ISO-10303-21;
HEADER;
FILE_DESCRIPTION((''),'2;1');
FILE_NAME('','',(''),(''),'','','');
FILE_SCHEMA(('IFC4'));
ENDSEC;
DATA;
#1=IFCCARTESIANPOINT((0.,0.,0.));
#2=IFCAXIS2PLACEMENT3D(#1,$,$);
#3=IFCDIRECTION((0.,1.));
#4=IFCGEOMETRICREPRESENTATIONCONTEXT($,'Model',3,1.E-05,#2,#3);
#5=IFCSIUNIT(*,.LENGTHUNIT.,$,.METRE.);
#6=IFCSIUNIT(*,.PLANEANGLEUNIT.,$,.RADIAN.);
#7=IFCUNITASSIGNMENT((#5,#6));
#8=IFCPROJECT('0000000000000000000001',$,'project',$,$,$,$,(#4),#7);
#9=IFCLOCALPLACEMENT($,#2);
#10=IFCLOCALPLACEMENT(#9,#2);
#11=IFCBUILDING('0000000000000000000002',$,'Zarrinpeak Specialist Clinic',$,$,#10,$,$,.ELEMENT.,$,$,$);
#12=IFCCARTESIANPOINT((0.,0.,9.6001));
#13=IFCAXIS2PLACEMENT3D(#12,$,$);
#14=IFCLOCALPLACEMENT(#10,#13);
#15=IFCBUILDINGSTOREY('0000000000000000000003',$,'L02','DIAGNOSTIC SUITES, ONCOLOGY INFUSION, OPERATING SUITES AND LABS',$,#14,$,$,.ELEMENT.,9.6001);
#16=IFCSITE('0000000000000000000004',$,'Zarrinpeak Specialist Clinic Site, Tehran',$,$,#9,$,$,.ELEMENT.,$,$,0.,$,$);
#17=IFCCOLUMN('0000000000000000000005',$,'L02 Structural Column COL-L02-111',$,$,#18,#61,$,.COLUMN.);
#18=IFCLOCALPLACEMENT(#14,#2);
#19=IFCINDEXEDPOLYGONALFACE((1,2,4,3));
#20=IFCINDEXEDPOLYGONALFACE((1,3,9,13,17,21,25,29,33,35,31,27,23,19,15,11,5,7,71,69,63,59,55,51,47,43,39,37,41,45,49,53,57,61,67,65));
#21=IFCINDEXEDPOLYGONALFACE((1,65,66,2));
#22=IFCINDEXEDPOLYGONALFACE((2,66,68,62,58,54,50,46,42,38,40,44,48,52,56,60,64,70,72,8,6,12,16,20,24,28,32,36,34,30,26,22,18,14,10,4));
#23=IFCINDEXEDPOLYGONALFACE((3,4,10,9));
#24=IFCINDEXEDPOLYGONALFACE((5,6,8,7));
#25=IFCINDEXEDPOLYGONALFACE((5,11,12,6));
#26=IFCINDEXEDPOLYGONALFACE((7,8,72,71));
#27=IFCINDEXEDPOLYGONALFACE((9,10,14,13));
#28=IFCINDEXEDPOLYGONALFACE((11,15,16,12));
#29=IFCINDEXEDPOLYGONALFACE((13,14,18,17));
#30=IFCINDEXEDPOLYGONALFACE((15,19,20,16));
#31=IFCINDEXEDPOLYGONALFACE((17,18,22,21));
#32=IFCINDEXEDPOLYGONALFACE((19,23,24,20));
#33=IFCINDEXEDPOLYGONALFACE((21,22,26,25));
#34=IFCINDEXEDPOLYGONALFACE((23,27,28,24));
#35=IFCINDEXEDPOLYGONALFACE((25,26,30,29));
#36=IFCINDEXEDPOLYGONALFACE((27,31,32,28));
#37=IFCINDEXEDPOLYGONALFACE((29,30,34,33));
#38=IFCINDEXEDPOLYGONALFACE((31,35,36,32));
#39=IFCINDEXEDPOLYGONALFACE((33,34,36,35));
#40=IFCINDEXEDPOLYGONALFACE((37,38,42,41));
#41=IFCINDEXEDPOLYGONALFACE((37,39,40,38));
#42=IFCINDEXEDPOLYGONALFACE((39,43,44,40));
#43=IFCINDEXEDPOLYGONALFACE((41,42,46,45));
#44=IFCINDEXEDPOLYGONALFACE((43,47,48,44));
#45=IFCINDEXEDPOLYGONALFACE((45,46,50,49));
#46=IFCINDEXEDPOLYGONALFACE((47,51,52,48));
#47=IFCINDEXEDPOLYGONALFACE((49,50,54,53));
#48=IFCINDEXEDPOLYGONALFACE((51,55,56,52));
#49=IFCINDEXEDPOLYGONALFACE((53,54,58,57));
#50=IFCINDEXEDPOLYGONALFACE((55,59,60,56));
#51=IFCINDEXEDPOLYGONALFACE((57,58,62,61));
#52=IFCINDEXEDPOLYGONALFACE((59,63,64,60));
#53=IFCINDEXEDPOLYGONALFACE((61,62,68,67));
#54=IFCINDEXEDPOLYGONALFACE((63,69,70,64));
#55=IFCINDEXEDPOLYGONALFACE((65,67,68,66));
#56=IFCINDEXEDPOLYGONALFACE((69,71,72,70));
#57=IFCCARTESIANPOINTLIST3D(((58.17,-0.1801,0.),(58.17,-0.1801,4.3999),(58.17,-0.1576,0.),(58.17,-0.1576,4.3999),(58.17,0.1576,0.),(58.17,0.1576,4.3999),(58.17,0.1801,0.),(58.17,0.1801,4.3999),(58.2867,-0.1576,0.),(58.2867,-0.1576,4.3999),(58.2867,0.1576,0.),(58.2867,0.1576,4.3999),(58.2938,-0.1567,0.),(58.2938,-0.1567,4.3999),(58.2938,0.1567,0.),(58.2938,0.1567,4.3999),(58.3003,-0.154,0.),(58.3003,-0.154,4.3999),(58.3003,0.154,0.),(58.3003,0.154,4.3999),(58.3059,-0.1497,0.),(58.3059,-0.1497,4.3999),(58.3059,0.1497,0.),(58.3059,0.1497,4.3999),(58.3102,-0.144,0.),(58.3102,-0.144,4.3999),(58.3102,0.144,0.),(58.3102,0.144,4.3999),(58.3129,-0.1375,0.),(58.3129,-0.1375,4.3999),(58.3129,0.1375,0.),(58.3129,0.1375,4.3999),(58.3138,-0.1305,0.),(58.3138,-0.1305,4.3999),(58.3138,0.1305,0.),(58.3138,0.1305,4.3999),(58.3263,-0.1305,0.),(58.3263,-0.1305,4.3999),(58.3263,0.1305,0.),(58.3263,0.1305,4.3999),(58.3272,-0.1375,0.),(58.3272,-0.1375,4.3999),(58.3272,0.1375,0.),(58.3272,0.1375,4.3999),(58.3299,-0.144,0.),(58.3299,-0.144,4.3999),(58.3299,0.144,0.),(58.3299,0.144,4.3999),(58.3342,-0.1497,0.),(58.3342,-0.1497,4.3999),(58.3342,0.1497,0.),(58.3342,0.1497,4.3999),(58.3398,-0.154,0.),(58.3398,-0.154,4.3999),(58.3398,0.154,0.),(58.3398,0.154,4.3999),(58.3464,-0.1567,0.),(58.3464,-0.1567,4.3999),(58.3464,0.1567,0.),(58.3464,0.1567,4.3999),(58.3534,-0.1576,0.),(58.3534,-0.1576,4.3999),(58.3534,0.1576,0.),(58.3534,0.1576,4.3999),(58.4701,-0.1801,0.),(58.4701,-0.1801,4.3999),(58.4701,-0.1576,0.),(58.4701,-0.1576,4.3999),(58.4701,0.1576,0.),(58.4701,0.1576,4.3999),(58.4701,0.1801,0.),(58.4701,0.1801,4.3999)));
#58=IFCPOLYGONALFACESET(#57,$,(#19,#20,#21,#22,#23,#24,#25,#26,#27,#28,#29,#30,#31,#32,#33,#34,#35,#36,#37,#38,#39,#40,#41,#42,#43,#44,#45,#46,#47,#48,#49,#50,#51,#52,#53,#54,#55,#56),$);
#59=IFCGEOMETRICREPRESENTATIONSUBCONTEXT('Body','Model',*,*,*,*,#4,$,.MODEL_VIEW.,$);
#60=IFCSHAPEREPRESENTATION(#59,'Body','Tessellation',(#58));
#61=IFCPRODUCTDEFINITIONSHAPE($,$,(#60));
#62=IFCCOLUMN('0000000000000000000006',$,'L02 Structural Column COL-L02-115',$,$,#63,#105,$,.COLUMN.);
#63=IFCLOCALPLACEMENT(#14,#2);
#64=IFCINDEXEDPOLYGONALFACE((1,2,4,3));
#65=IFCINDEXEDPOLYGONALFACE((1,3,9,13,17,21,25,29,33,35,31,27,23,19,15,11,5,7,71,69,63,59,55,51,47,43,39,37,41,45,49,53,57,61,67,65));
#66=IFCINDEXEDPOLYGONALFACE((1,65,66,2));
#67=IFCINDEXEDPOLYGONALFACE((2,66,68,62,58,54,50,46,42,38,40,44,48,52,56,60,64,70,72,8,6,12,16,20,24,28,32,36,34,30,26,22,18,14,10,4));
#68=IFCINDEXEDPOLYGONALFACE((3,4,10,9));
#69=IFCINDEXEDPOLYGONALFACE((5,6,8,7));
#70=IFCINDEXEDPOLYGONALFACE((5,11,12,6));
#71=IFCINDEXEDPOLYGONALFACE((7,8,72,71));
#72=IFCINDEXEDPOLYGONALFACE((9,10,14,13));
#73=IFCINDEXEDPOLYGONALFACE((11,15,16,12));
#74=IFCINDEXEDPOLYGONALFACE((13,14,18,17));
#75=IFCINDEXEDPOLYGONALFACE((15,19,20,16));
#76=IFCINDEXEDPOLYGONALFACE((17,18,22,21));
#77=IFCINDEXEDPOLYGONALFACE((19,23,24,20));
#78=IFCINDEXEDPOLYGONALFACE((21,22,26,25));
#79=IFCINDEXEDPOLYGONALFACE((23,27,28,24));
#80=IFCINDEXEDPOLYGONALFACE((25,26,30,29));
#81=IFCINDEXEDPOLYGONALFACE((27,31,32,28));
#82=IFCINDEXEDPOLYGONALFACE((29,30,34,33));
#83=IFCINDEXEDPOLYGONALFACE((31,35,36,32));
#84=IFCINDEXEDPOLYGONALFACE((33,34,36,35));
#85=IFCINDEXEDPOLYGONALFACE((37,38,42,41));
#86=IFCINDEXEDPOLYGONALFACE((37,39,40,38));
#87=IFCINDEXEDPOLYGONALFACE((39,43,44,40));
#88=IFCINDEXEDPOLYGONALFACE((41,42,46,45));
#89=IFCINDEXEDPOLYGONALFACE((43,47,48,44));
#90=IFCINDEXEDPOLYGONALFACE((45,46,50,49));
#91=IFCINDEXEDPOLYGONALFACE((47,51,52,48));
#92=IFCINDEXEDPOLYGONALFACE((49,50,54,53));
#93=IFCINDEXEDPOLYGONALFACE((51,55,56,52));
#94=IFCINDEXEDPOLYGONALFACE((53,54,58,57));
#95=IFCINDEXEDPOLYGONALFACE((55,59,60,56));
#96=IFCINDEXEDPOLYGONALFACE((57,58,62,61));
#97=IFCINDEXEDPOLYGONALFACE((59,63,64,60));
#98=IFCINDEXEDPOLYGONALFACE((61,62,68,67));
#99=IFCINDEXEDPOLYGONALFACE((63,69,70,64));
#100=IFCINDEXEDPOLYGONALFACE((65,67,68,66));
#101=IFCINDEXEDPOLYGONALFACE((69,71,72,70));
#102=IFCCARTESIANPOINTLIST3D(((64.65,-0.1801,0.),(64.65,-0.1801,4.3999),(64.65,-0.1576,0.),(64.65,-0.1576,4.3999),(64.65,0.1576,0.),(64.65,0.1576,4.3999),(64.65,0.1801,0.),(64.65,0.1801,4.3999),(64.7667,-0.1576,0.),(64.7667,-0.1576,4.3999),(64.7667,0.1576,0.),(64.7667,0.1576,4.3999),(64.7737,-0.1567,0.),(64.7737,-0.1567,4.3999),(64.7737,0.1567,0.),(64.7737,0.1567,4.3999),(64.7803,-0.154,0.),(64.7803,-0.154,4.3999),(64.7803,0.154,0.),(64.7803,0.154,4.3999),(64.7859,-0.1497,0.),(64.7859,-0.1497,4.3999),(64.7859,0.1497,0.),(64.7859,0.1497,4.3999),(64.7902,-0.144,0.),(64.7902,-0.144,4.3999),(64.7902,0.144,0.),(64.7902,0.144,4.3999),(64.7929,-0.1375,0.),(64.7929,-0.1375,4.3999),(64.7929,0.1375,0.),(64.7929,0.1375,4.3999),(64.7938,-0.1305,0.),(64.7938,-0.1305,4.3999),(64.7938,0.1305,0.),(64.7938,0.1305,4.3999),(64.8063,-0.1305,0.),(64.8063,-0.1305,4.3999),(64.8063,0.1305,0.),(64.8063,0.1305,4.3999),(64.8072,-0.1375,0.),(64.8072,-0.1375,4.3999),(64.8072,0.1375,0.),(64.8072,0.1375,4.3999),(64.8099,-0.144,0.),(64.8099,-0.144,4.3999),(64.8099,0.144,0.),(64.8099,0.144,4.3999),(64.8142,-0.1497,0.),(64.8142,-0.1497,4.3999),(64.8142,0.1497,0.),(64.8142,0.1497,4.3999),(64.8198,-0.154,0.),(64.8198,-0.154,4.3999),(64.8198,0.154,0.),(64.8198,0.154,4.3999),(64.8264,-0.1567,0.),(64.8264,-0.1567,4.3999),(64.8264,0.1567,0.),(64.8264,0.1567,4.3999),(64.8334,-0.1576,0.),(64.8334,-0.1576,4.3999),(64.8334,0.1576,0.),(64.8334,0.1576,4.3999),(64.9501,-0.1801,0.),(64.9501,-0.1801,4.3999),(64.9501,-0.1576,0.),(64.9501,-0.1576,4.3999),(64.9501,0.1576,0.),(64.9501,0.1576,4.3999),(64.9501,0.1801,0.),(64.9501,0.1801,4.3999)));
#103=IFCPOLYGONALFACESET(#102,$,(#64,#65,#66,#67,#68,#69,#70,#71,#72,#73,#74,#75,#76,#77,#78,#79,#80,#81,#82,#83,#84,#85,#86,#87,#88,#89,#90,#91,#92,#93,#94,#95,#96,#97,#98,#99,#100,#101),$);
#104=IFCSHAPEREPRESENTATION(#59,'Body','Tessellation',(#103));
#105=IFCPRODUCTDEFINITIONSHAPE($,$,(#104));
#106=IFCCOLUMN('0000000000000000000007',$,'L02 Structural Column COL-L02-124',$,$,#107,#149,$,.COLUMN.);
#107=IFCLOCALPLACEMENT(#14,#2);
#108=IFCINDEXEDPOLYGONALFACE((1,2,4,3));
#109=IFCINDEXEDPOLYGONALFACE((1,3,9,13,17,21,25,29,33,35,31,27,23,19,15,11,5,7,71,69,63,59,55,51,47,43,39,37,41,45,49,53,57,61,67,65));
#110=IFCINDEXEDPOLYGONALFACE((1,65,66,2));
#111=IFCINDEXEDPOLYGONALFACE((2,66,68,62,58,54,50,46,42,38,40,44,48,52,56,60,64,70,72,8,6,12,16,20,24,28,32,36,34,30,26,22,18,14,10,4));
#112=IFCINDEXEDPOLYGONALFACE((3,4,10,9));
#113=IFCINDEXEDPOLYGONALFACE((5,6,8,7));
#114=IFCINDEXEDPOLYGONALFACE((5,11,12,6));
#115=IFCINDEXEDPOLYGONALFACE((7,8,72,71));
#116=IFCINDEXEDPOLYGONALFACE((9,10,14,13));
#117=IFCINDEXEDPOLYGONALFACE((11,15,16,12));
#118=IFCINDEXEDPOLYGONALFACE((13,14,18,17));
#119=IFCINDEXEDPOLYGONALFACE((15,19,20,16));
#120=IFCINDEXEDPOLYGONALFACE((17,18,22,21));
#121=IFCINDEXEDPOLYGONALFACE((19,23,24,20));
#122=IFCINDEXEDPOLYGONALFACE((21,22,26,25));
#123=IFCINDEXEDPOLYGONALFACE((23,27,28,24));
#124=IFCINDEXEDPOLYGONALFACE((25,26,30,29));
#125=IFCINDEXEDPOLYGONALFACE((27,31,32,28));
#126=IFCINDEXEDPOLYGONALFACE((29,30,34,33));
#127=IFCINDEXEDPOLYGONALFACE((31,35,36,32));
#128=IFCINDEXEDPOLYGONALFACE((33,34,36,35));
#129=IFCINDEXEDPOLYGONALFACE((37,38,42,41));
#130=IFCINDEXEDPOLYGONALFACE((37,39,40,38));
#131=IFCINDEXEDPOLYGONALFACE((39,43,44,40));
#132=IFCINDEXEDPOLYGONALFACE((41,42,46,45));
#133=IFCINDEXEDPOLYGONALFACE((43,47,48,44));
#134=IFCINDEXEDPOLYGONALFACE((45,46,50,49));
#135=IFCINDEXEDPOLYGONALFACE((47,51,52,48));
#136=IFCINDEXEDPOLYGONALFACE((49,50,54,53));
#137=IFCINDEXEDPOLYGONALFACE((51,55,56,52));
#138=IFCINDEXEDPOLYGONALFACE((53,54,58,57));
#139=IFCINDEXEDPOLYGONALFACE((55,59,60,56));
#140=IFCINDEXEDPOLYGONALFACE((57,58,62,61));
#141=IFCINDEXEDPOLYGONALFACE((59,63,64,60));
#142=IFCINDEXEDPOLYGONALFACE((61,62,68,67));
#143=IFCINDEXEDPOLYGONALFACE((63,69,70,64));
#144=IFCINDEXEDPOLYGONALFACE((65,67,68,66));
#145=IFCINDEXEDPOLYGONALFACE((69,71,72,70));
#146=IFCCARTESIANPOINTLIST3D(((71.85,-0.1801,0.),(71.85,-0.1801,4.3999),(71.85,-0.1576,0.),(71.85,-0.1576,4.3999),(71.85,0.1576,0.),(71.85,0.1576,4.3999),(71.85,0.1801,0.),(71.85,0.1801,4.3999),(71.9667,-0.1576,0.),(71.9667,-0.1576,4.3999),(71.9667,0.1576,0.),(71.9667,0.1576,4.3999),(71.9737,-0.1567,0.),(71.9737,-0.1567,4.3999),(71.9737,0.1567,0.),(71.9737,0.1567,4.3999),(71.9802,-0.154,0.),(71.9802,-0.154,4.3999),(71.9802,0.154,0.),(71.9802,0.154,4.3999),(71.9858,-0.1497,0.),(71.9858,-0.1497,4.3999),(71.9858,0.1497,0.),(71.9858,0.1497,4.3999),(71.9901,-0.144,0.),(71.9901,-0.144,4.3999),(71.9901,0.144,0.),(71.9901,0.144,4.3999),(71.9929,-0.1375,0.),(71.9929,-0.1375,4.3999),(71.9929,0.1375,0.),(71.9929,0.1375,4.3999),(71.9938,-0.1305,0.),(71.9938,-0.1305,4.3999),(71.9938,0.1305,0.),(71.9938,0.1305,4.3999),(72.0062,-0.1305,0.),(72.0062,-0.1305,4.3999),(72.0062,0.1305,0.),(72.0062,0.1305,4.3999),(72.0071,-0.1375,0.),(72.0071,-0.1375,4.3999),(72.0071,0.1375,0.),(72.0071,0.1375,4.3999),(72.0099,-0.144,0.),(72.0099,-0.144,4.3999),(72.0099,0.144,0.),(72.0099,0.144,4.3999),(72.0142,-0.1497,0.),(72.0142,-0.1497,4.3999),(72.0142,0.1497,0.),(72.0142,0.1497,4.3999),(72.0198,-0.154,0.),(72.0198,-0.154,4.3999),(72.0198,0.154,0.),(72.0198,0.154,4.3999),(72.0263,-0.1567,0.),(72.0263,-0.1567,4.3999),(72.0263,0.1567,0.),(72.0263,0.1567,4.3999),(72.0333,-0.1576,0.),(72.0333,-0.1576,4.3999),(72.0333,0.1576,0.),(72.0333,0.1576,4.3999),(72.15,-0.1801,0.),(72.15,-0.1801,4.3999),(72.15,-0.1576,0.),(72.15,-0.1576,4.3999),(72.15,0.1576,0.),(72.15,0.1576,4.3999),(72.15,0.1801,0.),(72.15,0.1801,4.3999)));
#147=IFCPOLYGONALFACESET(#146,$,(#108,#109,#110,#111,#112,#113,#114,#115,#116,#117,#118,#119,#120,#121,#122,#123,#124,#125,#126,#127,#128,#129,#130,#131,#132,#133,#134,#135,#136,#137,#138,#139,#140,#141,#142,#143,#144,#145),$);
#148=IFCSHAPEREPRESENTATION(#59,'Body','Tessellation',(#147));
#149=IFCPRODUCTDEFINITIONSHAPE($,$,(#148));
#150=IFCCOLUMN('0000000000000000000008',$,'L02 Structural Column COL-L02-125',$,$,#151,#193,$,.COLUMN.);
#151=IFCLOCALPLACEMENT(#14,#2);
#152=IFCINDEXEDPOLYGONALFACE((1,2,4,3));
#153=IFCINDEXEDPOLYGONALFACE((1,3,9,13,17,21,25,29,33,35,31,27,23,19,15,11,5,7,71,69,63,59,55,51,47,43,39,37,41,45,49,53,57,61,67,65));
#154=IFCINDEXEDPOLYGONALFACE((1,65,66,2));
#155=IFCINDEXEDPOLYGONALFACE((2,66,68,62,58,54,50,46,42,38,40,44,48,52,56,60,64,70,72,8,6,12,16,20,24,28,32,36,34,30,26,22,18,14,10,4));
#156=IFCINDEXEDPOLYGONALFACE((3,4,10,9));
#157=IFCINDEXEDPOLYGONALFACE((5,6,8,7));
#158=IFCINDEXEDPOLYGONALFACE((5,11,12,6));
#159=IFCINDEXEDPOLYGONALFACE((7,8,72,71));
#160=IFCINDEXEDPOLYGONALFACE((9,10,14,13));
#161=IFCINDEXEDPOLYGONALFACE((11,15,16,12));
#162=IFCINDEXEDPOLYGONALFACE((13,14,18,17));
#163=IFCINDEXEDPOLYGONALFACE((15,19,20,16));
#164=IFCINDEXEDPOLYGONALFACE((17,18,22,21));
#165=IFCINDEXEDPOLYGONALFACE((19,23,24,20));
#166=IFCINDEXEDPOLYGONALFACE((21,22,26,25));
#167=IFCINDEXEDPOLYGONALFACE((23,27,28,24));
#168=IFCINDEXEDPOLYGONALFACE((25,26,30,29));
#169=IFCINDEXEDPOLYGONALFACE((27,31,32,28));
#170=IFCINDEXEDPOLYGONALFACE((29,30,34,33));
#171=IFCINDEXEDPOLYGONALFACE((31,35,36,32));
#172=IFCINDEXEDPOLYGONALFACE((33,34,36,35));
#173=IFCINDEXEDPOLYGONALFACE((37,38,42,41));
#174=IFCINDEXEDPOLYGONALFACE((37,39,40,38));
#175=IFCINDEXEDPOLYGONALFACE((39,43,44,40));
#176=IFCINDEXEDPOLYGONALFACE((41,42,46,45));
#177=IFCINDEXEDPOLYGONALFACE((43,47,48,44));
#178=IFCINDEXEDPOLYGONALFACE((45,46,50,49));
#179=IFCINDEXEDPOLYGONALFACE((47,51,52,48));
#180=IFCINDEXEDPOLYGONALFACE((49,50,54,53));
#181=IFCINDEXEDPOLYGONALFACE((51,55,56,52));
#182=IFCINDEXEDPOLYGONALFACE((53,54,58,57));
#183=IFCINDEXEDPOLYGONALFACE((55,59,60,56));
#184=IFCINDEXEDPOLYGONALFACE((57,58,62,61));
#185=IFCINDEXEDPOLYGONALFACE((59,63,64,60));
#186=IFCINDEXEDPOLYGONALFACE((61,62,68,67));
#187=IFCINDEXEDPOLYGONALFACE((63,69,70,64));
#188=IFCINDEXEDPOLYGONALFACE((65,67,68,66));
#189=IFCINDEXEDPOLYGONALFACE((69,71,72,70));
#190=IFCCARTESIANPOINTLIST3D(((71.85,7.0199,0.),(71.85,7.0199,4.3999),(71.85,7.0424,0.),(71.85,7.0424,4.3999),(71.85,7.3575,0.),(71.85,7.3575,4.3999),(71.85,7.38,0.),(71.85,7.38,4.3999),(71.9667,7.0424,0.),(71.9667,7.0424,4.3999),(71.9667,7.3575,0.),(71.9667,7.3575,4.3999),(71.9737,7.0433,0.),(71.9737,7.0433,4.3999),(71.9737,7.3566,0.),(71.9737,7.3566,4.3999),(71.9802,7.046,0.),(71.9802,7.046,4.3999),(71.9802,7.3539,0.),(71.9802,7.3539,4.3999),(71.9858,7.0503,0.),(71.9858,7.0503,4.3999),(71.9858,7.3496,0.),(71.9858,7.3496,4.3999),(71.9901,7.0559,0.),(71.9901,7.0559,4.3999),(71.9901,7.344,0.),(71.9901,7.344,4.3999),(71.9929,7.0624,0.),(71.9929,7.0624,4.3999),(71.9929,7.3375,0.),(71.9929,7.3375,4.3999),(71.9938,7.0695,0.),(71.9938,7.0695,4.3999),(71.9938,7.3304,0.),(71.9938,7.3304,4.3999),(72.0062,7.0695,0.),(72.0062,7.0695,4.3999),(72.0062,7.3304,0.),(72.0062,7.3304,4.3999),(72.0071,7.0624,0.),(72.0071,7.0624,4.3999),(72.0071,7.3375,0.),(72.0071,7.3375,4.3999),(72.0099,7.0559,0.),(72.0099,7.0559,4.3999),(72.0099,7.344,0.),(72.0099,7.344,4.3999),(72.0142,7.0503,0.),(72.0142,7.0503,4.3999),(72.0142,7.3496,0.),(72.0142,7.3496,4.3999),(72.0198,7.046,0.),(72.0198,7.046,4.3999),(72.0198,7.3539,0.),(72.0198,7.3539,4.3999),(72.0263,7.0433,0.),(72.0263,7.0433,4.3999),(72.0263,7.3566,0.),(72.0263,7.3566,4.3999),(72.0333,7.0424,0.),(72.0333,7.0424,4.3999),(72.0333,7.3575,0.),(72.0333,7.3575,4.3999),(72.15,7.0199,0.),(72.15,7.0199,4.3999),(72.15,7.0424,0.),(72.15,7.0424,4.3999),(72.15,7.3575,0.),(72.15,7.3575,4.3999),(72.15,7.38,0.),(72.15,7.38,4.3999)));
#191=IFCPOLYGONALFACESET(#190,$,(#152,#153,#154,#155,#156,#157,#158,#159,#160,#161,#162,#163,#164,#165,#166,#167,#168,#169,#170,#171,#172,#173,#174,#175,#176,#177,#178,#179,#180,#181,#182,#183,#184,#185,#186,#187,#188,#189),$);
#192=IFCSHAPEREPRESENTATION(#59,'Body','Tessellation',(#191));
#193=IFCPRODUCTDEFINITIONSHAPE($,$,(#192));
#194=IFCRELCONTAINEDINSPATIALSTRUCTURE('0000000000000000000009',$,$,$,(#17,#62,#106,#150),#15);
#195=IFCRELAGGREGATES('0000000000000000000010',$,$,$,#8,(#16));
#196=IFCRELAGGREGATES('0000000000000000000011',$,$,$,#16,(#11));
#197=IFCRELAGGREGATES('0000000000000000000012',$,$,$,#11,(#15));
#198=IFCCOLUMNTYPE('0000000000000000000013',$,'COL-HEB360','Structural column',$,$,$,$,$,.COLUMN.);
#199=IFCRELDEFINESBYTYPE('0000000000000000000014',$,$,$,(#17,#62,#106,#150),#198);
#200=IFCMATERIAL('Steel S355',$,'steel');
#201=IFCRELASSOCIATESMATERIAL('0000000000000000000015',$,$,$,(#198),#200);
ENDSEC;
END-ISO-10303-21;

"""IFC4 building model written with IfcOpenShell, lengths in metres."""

from ifc_helpers import new_model, si_unit, direction, frame, origin, origin_2d, place, context, subcontext, project, spatial, i_section, extrude, material, material_profile, profile_set, type_object, element, save


model = new_model("IFC4")

# Units and contexts
model_context = context("Model", 3, precision=1e-05, world=origin(), true_north=direction((0.0, 1.0)))
body_context = subcontext(model_context, "Body", "Model", "MODEL_VIEW")
ifc_project = project(units=[si_unit("LENGTHUNIT", "METRE"), si_unit("PLANEANGLEUNIT", "RADIAN")], contexts=[model_context])

# Site, building, storey
site_placement = place(None, origin())
site = spatial("IfcSite", under=ifc_project, at=site_placement, Name="Zarrinpeak Specialist Clinic Site, Tehran", CompositionType="ELEMENT", RefElevation=0.0)
building_placement = place(site_placement, origin())
building = spatial("IfcBuilding", under=site, at=building_placement, Name="Zarrinpeak Specialist Clinic", CompositionType="ELEMENT")
storey_placement = place(building_placement, frame((0.0, 0.0, 9.6001)))
storey = spatial("IfcBuildingStorey", under=building, at=storey_placement, Name="L02", Description="DIAGNOSTIC SUITES, ONCOLOGY INFUSION, OPERATING SUITES AND LABS", CompositionType="ELEMENT", Elevation=9.6001)

# Columns
ifc_material_1 = material(Name="Steel S355", Category="steel")
ifc_material_profile_1 = material_profile(ifc_material_1, i_section(OverallWidth=0.3, OverallDepth=0.3601, WebThickness=0.0125, FlangeThickness=0.0225, FilletRadius=0.0271, at=origin_2d()), Name="HEB 360")
ifc_profile_set_1 = profile_set([ifc_material_profile_1], Name="Steel S355")
column_type = type_object("IfcColumnType", Name="COL-HEB360", Description="Structural column", PredefinedType="COLUMN", material=ifc_profile_set_1)
for number, where, z_axis, x_axis, name in (
    (1, (58.3201, 0.0, 0.0), (0.0, 0.0, 1.0), (1.0, 0.0, 0.0), "L02 Structural Column COL-L02-111"),
    (2, (64.8, 0.0, 0.0), (0.0, 0.0, 1.0), (1.0, 0.0, 0.0), "L02 Structural Column COL-L02-115"),
    (3, (72.0, 0.0, 0.0), (0.0, 0.0, 1.0), (1.0, 0.0, 0.0), "L02 Structural Column COL-L02-124"),
    (4, (72.0, 7.2, 0.0), (0.0, 0.0, 1.0), (1.0, 0.0, 0.0), "L02 Structural Column COL-L02-125"),
):
    element("IfcColumn", number, at=place(storey_placement, frame(where, z_axis=z_axis, x_axis=x_axis)), inside=storey, type_object=column_type, Name=name, PredefinedType="COLUMN", context=body_context, shape_type="SweptSolid", body=[
        extrude(i_section(OverallWidth=0.3, OverallDepth=0.3601, WebThickness=0.0125, FlangeThickness=0.0225, FilletRadius=0.0271, at=origin_2d()), origin(), (0.0, 0.0, 1.0), 4.3999),
    ])

save(model, "model.ifc")
